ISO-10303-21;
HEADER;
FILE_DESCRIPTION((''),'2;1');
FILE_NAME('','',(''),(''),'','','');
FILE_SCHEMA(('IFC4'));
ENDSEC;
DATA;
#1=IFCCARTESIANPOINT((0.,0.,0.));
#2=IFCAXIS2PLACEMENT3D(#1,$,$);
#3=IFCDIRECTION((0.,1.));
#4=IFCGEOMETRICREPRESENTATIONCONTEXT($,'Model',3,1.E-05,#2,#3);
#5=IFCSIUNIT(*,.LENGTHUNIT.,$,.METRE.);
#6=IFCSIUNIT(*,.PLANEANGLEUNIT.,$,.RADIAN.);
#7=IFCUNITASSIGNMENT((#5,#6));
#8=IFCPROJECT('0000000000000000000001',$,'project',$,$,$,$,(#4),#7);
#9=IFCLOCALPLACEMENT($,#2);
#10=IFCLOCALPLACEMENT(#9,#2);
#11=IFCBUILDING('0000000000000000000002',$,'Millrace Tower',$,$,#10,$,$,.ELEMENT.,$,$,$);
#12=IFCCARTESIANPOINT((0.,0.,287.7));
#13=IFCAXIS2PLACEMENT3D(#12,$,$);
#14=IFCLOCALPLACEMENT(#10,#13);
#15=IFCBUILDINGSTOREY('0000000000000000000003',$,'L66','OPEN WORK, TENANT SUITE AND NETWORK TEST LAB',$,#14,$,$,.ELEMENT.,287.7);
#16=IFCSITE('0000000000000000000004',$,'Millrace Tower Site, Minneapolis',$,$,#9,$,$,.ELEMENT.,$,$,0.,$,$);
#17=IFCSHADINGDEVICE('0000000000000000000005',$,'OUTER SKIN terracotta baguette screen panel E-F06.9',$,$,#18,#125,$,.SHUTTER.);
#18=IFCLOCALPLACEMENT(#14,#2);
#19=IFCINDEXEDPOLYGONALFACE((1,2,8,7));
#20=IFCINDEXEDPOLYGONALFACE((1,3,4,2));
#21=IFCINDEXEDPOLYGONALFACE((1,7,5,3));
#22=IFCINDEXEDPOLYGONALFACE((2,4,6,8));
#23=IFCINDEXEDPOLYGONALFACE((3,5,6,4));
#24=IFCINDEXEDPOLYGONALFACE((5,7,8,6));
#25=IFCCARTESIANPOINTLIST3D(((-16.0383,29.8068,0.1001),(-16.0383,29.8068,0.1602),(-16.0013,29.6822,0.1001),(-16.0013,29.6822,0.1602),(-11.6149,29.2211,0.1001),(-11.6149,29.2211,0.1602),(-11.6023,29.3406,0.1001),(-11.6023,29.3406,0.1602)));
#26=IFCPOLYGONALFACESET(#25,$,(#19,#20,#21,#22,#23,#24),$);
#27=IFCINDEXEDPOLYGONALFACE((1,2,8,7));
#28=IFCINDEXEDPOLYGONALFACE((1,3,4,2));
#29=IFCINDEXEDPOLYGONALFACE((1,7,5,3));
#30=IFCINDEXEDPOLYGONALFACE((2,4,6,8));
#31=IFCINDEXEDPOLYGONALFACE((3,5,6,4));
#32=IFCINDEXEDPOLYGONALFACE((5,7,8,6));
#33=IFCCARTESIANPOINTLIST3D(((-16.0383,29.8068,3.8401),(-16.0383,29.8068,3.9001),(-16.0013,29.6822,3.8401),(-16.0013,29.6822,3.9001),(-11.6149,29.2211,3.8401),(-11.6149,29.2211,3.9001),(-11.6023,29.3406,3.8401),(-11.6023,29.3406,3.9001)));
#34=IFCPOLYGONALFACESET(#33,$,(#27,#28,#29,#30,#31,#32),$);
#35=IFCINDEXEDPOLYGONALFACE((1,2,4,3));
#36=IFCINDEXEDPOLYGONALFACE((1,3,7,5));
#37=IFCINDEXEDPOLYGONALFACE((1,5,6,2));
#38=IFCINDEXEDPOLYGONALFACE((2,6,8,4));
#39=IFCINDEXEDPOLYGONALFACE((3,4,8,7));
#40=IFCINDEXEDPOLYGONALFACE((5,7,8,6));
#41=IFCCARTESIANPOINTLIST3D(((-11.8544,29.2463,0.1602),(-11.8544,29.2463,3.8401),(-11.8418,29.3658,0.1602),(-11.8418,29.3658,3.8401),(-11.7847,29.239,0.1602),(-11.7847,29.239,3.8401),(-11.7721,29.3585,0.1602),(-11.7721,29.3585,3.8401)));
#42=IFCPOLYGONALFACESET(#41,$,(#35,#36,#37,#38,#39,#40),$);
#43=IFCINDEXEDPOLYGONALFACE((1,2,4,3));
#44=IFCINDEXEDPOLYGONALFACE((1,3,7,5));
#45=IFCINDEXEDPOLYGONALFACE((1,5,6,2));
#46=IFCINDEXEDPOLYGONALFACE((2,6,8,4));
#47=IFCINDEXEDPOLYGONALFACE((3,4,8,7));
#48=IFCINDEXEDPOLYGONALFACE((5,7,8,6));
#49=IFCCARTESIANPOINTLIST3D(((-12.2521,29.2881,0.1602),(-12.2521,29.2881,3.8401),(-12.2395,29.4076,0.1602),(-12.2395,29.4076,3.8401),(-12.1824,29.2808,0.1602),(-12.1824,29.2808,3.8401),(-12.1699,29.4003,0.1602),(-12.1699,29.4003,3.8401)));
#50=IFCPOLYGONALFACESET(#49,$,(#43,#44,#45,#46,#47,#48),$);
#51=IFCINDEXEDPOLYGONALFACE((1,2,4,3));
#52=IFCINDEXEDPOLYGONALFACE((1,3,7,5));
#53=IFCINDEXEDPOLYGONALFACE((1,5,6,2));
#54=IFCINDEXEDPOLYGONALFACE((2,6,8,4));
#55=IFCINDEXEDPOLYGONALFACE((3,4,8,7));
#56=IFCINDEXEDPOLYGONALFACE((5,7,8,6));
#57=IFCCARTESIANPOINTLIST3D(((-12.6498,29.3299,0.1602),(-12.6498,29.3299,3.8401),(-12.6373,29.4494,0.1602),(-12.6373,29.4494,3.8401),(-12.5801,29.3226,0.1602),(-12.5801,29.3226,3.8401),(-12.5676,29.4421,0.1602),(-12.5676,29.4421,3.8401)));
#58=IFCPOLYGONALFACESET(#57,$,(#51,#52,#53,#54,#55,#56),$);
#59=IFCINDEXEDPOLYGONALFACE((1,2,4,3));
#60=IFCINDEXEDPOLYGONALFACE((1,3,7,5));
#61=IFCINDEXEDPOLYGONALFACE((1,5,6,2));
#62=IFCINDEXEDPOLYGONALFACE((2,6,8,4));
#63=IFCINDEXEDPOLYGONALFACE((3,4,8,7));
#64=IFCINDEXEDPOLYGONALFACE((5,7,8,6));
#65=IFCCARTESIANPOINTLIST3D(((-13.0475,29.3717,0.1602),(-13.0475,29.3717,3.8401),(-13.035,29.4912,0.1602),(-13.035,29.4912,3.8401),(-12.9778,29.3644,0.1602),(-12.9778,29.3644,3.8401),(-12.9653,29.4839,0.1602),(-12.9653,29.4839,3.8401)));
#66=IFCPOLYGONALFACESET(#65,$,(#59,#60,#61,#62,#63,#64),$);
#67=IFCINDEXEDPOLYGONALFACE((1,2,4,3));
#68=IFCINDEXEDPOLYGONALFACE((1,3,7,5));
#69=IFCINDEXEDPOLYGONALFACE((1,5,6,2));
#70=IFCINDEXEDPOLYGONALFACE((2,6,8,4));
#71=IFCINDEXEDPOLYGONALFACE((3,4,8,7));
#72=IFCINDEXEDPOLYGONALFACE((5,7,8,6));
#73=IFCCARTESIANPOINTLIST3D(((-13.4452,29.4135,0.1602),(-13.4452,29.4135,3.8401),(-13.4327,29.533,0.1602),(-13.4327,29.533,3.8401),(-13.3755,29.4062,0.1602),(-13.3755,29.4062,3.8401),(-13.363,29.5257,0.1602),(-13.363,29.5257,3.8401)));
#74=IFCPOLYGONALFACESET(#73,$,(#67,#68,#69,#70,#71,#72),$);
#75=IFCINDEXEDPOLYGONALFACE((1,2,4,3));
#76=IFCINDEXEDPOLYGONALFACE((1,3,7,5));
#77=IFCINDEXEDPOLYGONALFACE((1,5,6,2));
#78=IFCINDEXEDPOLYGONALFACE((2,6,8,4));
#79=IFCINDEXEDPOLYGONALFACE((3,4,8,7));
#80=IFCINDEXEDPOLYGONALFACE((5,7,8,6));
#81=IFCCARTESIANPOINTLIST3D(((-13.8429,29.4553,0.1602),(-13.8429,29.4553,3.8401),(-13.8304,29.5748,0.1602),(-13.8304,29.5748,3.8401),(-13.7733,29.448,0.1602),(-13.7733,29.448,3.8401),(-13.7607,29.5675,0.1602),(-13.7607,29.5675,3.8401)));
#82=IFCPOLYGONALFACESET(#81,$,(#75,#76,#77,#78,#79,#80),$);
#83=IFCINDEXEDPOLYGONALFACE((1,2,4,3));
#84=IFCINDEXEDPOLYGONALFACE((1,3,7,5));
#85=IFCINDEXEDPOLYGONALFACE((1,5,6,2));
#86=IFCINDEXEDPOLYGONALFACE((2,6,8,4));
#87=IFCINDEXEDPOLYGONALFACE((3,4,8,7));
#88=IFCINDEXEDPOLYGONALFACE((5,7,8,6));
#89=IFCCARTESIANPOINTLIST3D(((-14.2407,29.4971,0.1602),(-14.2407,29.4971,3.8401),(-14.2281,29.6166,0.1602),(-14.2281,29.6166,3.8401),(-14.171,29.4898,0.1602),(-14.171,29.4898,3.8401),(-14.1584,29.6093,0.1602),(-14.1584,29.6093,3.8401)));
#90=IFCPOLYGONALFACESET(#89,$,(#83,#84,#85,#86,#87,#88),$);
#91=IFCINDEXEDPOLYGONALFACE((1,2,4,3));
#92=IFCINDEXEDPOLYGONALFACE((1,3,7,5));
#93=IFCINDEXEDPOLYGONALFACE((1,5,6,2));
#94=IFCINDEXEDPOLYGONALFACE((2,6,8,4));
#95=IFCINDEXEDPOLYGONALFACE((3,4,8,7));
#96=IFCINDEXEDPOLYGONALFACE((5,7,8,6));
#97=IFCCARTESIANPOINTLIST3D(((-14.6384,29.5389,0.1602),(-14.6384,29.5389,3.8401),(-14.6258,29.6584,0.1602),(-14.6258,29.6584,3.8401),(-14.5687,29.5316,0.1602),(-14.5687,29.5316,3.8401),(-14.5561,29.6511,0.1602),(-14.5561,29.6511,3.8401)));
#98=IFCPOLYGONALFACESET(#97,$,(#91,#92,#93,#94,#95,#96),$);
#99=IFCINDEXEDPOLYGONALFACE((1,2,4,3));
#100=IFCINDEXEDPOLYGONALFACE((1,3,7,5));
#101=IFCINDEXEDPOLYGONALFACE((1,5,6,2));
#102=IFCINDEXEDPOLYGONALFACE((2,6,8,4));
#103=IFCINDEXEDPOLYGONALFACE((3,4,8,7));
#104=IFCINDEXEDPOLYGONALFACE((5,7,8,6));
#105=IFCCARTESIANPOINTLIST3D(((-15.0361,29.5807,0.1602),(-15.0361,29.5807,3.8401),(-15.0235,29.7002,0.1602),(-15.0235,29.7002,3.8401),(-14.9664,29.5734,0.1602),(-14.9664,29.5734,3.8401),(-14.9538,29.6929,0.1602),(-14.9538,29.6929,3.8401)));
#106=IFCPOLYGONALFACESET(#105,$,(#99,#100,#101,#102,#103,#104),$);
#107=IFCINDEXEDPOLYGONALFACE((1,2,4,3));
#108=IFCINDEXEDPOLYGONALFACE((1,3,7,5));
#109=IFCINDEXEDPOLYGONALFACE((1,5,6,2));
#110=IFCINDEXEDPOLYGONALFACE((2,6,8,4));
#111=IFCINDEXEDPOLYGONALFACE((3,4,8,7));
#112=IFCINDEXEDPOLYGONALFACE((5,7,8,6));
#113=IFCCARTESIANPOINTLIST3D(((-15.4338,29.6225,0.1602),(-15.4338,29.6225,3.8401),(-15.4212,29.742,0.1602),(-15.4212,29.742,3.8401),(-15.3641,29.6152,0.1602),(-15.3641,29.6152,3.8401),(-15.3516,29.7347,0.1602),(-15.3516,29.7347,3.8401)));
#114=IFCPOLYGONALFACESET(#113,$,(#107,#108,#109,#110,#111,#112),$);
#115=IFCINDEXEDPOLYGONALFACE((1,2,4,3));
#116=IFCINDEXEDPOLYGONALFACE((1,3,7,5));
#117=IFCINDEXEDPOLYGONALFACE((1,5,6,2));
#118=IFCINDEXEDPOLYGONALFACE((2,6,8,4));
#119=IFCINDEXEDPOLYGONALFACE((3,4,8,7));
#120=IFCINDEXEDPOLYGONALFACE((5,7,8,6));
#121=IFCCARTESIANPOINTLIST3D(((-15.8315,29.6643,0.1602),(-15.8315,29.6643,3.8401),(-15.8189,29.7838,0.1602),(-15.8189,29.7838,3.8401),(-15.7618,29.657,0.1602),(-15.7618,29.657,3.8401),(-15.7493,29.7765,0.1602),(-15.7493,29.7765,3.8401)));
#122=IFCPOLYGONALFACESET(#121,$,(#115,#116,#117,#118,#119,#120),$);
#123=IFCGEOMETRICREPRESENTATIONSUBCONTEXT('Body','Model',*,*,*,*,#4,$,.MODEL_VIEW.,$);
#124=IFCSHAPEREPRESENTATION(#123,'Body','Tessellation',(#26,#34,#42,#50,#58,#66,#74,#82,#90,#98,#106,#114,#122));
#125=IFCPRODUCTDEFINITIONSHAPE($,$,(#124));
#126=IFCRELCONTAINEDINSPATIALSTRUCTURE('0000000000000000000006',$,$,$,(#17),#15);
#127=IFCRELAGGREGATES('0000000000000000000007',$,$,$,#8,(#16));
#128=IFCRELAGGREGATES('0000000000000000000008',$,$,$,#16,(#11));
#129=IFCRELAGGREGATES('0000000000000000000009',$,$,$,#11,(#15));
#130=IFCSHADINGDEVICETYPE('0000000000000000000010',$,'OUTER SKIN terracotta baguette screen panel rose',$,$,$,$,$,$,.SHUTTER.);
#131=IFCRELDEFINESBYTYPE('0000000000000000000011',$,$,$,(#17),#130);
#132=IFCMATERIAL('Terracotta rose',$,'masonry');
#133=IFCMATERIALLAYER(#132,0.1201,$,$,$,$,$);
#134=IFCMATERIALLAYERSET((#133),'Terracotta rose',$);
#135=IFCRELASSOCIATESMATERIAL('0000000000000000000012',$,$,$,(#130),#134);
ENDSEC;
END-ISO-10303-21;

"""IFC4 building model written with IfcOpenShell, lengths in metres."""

from ifc_helpers import new_model, entity, si_unit, direction, frame, frame_2d, origin, place, context, subcontext, project, spatial, rectangle, extrude, source, transform, mapped, material, layer, layer_set, type_object, element, save


model = new_model("IFC4")

# Units and contexts
model_context = context("Model", 3, precision=1e-05, world=origin(), true_north=direction((0.0, 1.0)))
body_context = subcontext(model_context, "Body", "Model", "MODEL_VIEW")
ifc_project = project(units=[si_unit("LENGTHUNIT", "METRE"), si_unit("PLANEANGLEUNIT", "RADIAN")], contexts=[model_context])

# Site, building, storey
site_placement = place(None, origin())
site = spatial("IfcSite", under=ifc_project, at=site_placement, Name="Millrace Tower Site, Minneapolis", CompositionType="ELEMENT", RefElevation=0.0)
building_placement = place(site_placement, origin())
building = spatial("IfcBuilding", under=site, at=building_placement, Name="Millrace Tower", CompositionType="ELEMENT")
storey_placement = place(building_placement, frame((0.0, 0.0, 287.7)))
storey = spatial("IfcBuildingStorey", under=building, at=storey_placement, Name="L66", Description="OPEN WORK, TENANT SUITE AND NETWORK TEST LAB", CompositionType="ELEMENT", Elevation=287.7)

# Shading device
ifc_material_1 = material(Name="Terracotta rose", Category="masonry")
ifc_layer_1 = layer(ifc_material_1, 0.1201)
ifc_layer_set_1 = layer_set([ifc_layer_1], Name="Terracotta rose")
shading_device_type = type_object("IfcShadingDeviceType", Name="OUTER SKIN terracotta baguette screen panel rose", PredefinedType="SHUTTER", material=ifc_layer_set_1)
cartesian_point_1 = entity("IfcCartesianPoint", [-2.2178, 0.0601])
shared_polyline_1 = entity("IfcPolyline", [cartesian_point_1, entity("IfcCartesianPoint", [2.1929, 0.0601]), entity("IfcCartesianPoint", [2.2427, -0.0601]), entity("IfcCartesianPoint", [-2.2178, -0.0601]), cartesian_point_1])
shared_shape_1 = source(origin(), body_context, "Body", "SweptSolid", [
    entity("IfcExtrudedAreaSolid", entity("IfcArbitraryClosedProfileDef", "AREA", None, shared_polyline_1), entity("IfcAxis2Placement3D", entity("IfcCartesianPoint", [0.0, 0.0, 0.0])), entity("IfcDirection", [0.0, 0.0, 1.0]), 0.0601),
    entity("IfcExtrudedAreaSolid", entity("IfcArbitraryClosedProfileDef", "AREA", None, shared_polyline_1), entity("IfcAxis2Placement3D", entity("IfcCartesianPoint", [0.0, 0.0, 3.74])), entity("IfcDirection", [0.0, 0.0, 1.0]), 0.0601),
    extrude(rectangle(XDim=0.0701, YDim=0.1201, at=frame_2d((-2.012, 0.0))), frame((0.0, 0.0, 0.0601)), (0.0, 0.0, 1.0), 3.6799),
    extrude(rectangle(XDim=0.0701, YDim=0.1201, at=frame_2d((-1.6121, 0.0))), frame((0.0, 0.0, 0.0601)), (0.0, 0.0, 1.0), 3.6799),
    extrude(rectangle(XDim=0.0701, YDim=0.1201, at=frame_2d((-1.2122, 0.0))), frame((0.0, 0.0, 0.0601)), (0.0, 0.0, 1.0), 3.6799),
    extrude(rectangle(XDim=0.0701, YDim=0.1201, at=frame_2d((-0.8123, 0.0))), frame((0.0, 0.0, 0.0601)), (0.0, 0.0, 1.0), 3.6799),
    extrude(rectangle(XDim=0.0701, YDim=0.1201, at=frame_2d((-0.4124, 0.0))), frame((0.0, 0.0, 0.0601)), (0.0, 0.0, 1.0), 3.6799),
    extrude(rectangle(XDim=0.0701, YDim=0.1201, at=frame_2d((-0.0125, 0.0))), frame((0.0, 0.0, 0.0601)), (0.0, 0.0, 1.0), 3.6799),
    extrude(rectangle(XDim=0.0701, YDim=0.1201, at=frame_2d((0.3875, 0.0))), frame((0.0, 0.0, 0.0601)), (0.0, 0.0, 1.0), 3.6799),
    extrude(rectangle(XDim=0.0701, YDim=0.1201, at=frame_2d((0.7874, 0.0))), frame((0.0, 0.0, 0.0601)), (0.0, 0.0, 1.0), 3.6799),
    extrude(rectangle(XDim=0.0701, YDim=0.1201, at=frame_2d((1.1873, 0.0))), frame((0.0, 0.0, 0.0601)), (0.0, 0.0, 1.0), 3.6799),
    extrude(rectangle(XDim=0.0701, YDim=0.1201, at=frame_2d((1.5872, 0.0))), frame((0.0, 0.0, 0.0601)), (0.0, 0.0, 1.0), 3.6799),
    extrude(rectangle(XDim=0.0701, YDim=0.1201, at=frame_2d((1.9871, 0.0))), frame((0.0, 0.0, 0.0601)), (0.0, 0.0, 1.0), 3.6799),
])
shading_device_placement = place(storey_placement, frame((-13.8142, 29.5127, 0.1001), z_axis=(0.0, 0.0, 1.0), x_axis=(-0.994522, 0.104528, 0.0)))
element("IfcShadingDevice", 1, at=shading_device_placement, inside=storey, type_object=shading_device_type, Name="OUTER SKIN terracotta baguette screen panel E-F06.9", PredefinedType="SHUTTER", context=body_context, shape_type="MappedRepresentation", body=[
    mapped(shared_shape_1, transform((0.0, 0.0, 0.0), scale=1.0)),
])

save(model, "model.ifc")
